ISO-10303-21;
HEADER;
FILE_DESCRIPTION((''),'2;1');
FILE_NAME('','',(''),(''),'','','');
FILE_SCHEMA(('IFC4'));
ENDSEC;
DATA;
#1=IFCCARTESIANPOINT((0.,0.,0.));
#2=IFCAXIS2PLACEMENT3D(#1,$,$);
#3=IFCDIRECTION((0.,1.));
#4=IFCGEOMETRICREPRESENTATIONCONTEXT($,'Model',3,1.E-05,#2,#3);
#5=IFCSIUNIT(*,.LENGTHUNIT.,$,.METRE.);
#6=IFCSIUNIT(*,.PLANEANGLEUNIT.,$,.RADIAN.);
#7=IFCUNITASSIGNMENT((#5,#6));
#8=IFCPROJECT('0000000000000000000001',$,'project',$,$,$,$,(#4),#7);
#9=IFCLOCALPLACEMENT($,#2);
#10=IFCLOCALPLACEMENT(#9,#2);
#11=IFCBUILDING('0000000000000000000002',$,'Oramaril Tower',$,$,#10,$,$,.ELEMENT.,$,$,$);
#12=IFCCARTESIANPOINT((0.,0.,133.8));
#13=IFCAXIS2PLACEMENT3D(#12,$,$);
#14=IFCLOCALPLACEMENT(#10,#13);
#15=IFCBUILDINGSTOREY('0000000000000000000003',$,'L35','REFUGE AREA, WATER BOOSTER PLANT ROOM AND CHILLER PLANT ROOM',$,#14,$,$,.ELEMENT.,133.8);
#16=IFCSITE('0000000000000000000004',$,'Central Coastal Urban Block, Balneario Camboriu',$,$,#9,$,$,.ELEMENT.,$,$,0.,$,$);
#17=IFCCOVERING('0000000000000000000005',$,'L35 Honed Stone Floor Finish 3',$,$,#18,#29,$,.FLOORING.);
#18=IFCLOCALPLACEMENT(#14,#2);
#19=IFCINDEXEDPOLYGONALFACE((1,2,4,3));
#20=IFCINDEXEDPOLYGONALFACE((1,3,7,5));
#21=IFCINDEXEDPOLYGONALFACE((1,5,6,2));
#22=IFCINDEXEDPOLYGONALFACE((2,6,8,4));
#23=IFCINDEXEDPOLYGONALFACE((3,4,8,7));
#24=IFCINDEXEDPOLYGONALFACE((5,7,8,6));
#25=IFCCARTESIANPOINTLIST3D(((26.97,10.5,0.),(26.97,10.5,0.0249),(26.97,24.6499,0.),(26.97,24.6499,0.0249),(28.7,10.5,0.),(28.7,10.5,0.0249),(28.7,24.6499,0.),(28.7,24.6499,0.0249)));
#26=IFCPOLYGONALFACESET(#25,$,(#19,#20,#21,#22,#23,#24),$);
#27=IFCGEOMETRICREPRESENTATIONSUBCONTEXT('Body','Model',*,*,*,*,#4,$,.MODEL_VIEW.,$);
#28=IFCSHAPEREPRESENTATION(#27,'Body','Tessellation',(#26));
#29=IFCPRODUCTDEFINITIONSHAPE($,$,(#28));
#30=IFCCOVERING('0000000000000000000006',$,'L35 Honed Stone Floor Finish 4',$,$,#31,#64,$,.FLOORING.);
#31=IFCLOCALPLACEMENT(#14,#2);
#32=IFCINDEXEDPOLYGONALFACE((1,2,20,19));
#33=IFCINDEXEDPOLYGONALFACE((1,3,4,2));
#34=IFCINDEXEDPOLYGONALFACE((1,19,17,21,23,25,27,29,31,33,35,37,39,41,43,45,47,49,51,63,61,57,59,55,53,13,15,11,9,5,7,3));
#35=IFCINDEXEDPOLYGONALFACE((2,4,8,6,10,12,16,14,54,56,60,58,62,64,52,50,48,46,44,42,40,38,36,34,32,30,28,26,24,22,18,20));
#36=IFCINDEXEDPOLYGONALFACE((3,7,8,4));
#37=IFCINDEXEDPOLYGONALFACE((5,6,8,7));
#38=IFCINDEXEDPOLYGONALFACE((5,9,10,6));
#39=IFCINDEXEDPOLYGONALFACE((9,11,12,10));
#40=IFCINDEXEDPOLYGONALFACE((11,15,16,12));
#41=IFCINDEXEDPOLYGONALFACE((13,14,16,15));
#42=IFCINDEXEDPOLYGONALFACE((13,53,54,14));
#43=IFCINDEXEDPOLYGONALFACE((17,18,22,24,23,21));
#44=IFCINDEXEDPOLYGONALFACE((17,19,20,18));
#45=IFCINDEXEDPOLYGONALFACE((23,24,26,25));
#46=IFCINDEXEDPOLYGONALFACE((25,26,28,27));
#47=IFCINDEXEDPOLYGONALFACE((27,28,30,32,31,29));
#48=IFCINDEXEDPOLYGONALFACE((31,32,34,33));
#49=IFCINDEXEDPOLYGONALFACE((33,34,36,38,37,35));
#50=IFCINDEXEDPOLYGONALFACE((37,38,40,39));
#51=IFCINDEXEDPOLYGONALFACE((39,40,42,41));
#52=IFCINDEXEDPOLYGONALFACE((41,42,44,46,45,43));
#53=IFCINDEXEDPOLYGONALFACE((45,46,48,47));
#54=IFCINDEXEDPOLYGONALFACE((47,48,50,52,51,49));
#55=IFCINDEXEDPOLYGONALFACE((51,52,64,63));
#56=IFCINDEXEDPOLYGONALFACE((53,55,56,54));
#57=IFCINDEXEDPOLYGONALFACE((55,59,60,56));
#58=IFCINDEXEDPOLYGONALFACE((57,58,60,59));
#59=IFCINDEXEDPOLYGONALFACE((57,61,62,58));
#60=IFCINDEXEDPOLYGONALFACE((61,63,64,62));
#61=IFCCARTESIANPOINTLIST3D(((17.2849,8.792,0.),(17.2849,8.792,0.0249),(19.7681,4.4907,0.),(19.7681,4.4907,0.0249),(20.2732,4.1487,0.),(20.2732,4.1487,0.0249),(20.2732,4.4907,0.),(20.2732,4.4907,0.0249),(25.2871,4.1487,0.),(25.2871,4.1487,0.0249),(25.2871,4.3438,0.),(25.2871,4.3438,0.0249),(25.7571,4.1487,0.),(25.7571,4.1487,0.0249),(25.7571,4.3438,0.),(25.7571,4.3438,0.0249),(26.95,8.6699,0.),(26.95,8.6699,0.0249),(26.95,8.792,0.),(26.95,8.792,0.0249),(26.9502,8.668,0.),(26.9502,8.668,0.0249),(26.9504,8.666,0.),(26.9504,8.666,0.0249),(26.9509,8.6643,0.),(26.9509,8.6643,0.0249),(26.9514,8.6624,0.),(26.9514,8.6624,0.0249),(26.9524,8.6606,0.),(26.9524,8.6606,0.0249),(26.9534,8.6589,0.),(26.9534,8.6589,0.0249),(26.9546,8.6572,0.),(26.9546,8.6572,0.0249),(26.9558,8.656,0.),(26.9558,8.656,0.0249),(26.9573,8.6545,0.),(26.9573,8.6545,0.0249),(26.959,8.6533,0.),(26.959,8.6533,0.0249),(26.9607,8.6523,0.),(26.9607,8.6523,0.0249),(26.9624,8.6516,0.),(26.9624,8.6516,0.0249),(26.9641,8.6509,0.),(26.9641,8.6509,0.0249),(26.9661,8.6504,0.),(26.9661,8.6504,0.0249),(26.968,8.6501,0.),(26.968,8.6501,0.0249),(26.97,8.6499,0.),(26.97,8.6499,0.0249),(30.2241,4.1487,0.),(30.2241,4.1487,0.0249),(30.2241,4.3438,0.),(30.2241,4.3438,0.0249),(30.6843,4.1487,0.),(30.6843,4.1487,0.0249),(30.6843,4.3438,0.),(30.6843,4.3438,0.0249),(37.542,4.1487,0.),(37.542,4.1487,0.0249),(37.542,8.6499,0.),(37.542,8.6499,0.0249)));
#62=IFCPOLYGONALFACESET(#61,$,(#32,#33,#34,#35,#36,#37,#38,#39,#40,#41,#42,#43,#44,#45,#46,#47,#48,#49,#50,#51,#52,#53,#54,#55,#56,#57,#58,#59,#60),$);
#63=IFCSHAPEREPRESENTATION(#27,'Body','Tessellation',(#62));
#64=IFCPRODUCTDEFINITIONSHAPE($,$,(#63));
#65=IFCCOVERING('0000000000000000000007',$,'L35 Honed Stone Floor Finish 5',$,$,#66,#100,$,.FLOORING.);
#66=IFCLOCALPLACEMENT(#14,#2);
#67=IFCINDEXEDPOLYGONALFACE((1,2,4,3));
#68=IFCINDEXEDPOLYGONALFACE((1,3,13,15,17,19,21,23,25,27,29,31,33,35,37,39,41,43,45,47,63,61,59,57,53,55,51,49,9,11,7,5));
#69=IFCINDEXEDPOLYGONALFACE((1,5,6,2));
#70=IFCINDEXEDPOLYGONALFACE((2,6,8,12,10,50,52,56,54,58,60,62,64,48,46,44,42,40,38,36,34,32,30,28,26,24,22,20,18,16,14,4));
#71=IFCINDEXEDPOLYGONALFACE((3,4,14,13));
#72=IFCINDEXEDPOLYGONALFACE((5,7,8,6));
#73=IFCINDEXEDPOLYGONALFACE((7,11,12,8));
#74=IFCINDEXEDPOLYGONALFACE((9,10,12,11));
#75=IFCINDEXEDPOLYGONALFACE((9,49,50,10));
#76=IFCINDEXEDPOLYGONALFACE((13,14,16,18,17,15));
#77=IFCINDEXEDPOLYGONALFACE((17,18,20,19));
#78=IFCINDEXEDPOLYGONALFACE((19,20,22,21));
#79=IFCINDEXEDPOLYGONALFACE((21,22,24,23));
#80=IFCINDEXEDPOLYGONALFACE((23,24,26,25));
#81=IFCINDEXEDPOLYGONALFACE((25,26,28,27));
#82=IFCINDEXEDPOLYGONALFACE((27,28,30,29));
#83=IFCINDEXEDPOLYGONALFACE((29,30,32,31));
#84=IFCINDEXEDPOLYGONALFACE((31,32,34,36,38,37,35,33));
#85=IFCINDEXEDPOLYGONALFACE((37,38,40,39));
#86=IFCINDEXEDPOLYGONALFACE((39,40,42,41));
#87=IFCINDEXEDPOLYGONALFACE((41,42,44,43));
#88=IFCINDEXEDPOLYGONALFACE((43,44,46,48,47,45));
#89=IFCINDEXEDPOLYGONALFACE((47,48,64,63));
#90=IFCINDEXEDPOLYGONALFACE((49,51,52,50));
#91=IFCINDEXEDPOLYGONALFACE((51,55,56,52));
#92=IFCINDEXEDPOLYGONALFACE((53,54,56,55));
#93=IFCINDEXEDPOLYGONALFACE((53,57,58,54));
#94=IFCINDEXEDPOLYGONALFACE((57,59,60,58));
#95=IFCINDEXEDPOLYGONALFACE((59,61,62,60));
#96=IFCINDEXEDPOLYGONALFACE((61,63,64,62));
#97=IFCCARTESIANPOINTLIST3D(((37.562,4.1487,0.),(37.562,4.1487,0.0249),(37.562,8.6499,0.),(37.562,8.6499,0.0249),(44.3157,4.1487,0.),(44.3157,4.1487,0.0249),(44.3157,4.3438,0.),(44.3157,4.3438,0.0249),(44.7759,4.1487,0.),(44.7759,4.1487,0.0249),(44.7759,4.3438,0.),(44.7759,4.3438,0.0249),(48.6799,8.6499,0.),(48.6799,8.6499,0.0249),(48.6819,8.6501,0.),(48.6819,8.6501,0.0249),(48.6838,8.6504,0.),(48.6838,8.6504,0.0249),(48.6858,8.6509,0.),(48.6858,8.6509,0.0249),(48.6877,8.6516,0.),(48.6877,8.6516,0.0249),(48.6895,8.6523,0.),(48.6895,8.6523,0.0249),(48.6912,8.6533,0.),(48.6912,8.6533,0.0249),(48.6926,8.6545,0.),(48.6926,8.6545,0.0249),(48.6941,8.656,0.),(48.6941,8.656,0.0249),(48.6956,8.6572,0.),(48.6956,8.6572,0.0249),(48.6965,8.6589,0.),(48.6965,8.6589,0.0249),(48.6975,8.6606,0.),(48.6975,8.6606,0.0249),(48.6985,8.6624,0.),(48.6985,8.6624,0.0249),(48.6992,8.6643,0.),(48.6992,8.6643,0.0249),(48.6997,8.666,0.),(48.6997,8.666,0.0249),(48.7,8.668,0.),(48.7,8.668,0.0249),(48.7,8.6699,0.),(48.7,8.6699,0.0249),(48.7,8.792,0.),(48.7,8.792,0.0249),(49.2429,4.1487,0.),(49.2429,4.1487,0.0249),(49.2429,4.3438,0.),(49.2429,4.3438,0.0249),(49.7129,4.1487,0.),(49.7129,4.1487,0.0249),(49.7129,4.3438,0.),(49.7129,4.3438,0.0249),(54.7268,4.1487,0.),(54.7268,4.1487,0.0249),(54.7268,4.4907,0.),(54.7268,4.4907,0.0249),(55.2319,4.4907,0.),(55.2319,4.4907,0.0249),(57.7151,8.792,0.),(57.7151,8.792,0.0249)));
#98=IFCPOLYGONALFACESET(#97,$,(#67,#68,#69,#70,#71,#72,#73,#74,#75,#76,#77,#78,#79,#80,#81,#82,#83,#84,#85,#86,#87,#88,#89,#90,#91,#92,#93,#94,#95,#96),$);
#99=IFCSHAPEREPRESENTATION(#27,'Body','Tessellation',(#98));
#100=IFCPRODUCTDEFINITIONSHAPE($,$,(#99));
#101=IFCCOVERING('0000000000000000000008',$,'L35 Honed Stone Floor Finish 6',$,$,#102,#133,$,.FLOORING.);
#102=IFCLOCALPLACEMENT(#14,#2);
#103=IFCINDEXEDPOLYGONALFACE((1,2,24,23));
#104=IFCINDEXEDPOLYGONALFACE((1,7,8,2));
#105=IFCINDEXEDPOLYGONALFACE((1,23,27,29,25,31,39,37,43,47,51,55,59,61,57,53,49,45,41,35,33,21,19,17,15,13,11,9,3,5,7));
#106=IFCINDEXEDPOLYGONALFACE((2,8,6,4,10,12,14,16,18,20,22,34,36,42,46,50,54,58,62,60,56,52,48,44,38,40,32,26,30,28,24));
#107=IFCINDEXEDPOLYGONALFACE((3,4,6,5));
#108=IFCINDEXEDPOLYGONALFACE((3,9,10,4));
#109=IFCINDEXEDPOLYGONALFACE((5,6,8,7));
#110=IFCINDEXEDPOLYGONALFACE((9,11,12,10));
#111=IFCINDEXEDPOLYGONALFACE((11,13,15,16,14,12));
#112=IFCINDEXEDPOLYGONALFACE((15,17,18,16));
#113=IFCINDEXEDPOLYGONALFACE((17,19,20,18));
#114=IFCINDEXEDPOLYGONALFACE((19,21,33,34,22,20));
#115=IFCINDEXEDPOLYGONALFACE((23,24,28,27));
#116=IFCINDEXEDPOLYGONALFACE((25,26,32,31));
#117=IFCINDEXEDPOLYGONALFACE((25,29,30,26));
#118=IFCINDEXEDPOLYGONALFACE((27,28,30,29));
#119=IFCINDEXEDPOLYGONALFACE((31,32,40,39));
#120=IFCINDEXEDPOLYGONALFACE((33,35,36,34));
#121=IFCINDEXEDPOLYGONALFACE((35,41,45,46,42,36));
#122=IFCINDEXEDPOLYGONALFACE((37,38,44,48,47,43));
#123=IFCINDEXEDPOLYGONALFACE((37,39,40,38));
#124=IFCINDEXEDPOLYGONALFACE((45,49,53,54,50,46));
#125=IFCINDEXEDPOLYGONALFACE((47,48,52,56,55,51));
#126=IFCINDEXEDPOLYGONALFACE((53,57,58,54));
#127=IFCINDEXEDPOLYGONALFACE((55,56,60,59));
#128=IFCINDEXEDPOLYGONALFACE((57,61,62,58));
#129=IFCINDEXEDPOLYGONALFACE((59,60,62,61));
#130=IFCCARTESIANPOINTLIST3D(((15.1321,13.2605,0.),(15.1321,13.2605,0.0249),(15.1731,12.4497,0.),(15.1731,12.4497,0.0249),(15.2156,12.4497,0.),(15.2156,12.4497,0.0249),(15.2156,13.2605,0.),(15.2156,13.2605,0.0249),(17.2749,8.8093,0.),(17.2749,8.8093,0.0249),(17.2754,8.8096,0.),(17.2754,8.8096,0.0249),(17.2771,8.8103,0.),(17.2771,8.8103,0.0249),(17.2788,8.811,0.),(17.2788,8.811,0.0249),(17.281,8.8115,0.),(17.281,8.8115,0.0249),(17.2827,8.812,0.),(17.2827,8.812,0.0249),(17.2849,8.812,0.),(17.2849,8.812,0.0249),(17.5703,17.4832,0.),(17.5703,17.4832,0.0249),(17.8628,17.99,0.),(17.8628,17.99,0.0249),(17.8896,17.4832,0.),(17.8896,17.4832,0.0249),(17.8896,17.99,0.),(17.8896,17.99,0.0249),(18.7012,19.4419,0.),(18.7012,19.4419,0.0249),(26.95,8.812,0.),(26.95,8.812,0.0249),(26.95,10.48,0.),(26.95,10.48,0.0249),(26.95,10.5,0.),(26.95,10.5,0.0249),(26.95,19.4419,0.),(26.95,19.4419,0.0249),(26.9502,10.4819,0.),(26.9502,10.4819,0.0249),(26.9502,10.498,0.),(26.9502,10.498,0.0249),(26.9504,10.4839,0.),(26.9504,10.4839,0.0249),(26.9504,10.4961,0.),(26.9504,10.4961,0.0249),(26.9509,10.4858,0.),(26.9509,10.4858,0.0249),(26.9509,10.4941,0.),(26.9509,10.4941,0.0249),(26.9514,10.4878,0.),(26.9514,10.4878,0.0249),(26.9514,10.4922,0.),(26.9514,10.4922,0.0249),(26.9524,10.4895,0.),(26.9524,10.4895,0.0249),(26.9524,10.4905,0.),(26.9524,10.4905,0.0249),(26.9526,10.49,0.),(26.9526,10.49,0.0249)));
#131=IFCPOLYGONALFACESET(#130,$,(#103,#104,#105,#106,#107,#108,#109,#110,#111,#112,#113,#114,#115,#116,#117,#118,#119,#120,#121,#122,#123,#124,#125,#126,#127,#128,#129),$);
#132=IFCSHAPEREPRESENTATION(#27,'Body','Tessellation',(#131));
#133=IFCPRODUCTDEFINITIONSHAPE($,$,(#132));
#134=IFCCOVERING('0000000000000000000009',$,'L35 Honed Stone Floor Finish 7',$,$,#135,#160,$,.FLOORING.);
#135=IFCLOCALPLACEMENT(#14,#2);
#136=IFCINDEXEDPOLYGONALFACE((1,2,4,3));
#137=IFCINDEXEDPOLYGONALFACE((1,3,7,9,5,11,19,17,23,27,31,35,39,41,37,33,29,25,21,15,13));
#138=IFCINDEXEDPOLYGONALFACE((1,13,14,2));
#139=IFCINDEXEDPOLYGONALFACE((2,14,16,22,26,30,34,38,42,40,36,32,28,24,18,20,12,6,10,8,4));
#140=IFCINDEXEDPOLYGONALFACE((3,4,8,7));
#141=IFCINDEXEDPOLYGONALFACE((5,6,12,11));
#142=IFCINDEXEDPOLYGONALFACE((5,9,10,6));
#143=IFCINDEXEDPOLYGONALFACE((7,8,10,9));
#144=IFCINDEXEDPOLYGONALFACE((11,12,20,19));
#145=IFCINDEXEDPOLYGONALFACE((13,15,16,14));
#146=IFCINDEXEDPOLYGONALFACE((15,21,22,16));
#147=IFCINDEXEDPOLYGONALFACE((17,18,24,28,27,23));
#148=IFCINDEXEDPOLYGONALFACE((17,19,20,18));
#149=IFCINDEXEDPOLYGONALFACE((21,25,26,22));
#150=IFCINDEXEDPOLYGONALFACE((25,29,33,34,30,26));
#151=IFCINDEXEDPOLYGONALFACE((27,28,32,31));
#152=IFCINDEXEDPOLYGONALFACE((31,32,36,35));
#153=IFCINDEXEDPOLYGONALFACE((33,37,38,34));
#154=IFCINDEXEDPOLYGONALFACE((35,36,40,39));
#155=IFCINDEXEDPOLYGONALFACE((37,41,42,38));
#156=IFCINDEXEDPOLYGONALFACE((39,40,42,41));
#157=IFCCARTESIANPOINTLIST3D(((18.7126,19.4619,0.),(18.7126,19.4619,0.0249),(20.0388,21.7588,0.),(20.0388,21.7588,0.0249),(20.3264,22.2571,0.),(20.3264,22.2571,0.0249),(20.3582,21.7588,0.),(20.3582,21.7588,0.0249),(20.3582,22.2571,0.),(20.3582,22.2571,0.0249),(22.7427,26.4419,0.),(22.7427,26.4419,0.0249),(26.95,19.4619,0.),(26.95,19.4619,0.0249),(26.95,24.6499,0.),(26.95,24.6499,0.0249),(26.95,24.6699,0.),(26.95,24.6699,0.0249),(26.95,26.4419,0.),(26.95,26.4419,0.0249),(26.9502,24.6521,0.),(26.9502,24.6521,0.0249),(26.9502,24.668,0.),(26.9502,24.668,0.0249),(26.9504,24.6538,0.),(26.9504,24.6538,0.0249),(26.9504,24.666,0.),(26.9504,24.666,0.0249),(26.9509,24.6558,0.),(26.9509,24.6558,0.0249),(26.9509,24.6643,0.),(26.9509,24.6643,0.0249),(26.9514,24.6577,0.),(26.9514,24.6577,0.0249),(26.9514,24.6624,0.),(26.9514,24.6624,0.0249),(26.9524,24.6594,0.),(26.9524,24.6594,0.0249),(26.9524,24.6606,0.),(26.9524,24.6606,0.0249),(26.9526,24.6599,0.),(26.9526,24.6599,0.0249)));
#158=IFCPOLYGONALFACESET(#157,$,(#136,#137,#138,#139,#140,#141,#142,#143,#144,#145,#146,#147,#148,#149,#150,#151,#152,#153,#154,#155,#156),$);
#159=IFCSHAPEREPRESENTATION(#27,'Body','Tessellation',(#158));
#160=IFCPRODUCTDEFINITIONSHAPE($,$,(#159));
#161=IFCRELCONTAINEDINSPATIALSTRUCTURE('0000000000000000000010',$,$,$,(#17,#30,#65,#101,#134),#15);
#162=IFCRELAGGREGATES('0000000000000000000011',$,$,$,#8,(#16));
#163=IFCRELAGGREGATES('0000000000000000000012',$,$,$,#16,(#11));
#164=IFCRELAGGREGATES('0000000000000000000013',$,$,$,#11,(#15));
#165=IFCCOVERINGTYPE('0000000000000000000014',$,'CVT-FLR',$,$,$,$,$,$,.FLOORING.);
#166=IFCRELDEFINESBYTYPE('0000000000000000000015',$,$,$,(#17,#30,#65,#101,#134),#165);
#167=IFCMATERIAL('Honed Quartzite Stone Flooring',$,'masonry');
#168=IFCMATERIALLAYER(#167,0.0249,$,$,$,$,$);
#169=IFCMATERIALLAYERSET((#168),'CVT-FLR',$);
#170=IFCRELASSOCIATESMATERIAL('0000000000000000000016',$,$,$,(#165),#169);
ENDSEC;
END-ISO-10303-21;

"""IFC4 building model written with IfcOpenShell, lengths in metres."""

from ifc_helpers import new_model, si_unit, direction, frame, origin, place, context, subcontext, project, spatial, polyline, outline, extrude, material, layer, layer_set, type_object, element, save


model = new_model("IFC4")

# Units and contexts
model_context = context("Model", 3, precision=1e-05, world=origin(), true_north=direction((0.0, 1.0)))
body_context = subcontext(model_context, "Body", "Model", "MODEL_VIEW")
ifc_project = project(units=[si_unit("LENGTHUNIT", "METRE"), si_unit("PLANEANGLEUNIT", "RADIAN")], contexts=[model_context])

# Site, building, storey
site_placement = place(None, origin())
site = spatial("IfcSite", under=ifc_project, at=site_placement, Name="Central Coastal Urban Block, Balneario Camboriu", CompositionType="ELEMENT", RefElevation=0.0)
building_placement = place(site_placement, origin())
building = spatial("IfcBuilding", under=site, at=building_placement, Name="Oramaril Tower", CompositionType="ELEMENT")
storey_placement = place(building_placement, frame((0.0, 0.0, 133.8)))
storey = spatial("IfcBuildingStorey", under=building, at=storey_placement, Name="L35", Description="REFUGE AREA, WATER BOOSTER PLANT ROOM AND CHILLER PLANT ROOM", CompositionType="ELEMENT", Elevation=133.8)

# Coverings
ifc_material_1 = material(Name="Honed Quartzite Stone Flooring", Category="masonry")
ifc_layer_1 = layer(ifc_material_1, 0.0249)
ifc_layer_set_1 = layer_set([ifc_layer_1], Name="CVT-FLR")
covering_type_1 = type_object("IfcCoveringType", Name="CVT-FLR", PredefinedType="FLOORING", material=ifc_layer_set_1)
covering_1_placement = place(storey_placement, origin())
element("IfcCovering", 1, at=covering_1_placement, inside=storey, type_object=covering_type_1, Name="L35 Honed Stone Floor Finish 3", PredefinedType="FLOORING", context=body_context, shape_type="SweptSolid", body=[
    extrude(outline(polyline([(28.7, 10.5), (26.97, 10.5), (26.97, 24.6499), (28.7, 24.6499), (28.7, 10.5)])), origin(), (0.0, 0.0, 1.0), 0.0249),
])
covering_2_placement = place(storey_placement, origin())
element("IfcCovering", 2, at=covering_2_placement, inside=storey, type_object=covering_type_1, Name="L35 Honed Stone Floor Finish 4", PredefinedType="FLOORING", context=body_context, shape_type="SweptSolid", body=[
    extrude(outline(polyline([(37.542, 4.1487), (30.6843, 4.1487), (30.6843, 4.3438), (30.2241, 4.3438), (30.2241, 4.1487), (25.7571, 4.1487), (25.7571, 4.3438), (25.2871, 4.3438), (25.2871, 4.1487), (20.2732, 4.1487), (20.2732, 4.4907), (19.7681, 4.4907), (17.2849, 8.792), (26.95, 8.792), (26.95, 8.6699), (26.9502, 8.668), (26.9504, 8.666), (26.9509, 8.6643), (26.9514, 8.6624), (26.9524, 8.6606), (26.9534, 8.6589), (26.9546, 8.6572), (26.9558, 8.656), (26.9573, 8.6545), (26.959, 8.6533), (26.9607, 8.6523), (26.9624, 8.6516), (26.9641, 8.6509), (26.9661, 8.6504), (26.968, 8.6501), (26.97, 8.6499), (37.542, 8.6499), (37.542, 4.1487)])), origin(), (0.0, 0.0, 1.0), 0.0249),
])
covering_3_placement = place(storey_placement, origin())
element("IfcCovering", 3, at=covering_3_placement, inside=storey, type_object=covering_type_1, Name="L35 Honed Stone Floor Finish 5", PredefinedType="FLOORING", context=body_context, shape_type="SweptSolid", body=[
    extrude(outline(polyline([(49.7129, 4.3438), (49.2429, 4.3438), (49.2429, 4.1487), (44.7759, 4.1487), (44.7759, 4.3438), (44.3157, 4.3438), (44.3157, 4.1487), (37.562, 4.1487), (37.562, 8.6499), (48.6799, 8.6499), (48.6819, 8.6501), (48.6838, 8.6504), (48.6858, 8.6509), (48.6877, 8.6516), (48.6895, 8.6523), (48.6912, 8.6533), (48.6926, 8.6545), (48.6941, 8.656), (48.6956, 8.6572), (48.6965, 8.6589), (48.6975, 8.6606), (48.6985, 8.6624), (48.6992, 8.6643), (48.6997, 8.666), (48.7, 8.668), (48.7, 8.6699), (48.7, 8.792), (57.7151, 8.792), (55.2319, 4.4907), (54.7268, 4.4907), (54.7268, 4.1487), (49.7129, 4.1487), (49.7129, 4.3438)])), origin(), (0.0, 0.0, 1.0), 0.0249),
])
covering_4_placement = place(storey_placement, origin())
element("IfcCovering", 4, at=covering_4_placement, inside=storey, type_object=covering_type_1, Name="L35 Honed Stone Floor Finish 6", PredefinedType="FLOORING", context=body_context, shape_type="SweptSolid", body=[
    extrude(outline(polyline([(15.1731, 12.4497), (15.2156, 12.4497), (15.2156, 13.2605), (15.1321, 13.2605), (17.5703, 17.4832), (17.8896, 17.4832), (17.8896, 17.99), (17.8628, 17.99), (18.7012, 19.4419), (26.95, 19.4419), (26.95, 10.5), (26.9502, 10.498), (26.9504, 10.4961), (26.9509, 10.4941), (26.9514, 10.4922), (26.9524, 10.4905), (26.9526, 10.49), (26.9524, 10.4895), (26.9514, 10.4878), (26.9509, 10.4858), (26.9504, 10.4839), (26.9502, 10.4819), (26.95, 10.48), (26.95, 8.812), (17.2849, 8.812), (17.2827, 8.812), (17.281, 8.8115), (17.2788, 8.811), (17.2771, 8.8103), (17.2754, 8.8096), (17.2749, 8.8093), (15.1731, 12.4497)])), origin(), (0.0, 0.0, 1.0), 0.0249),
])
covering_5_placement = place(storey_placement, origin())
element("IfcCovering", 5, at=covering_5_placement, inside=storey, type_object=covering_type_1, Name="L35 Honed Stone Floor Finish 7", PredefinedType="FLOORING", context=body_context, shape_type="SweptSolid", body=[
    extrude(outline(polyline([(20.0388, 21.7588), (20.3582, 21.7588), (20.3582, 22.2571), (20.3264, 22.2571), (22.7427, 26.4419), (26.95, 26.4419), (26.95, 24.6699), (26.9502, 24.668), (26.9504, 24.666), (26.9509, 24.6643), (26.9514, 24.6624), (26.9524, 24.6606), (26.9526, 24.6599), (26.9524, 24.6594), (26.9514, 24.6577), (26.9509, 24.6558), (26.9504, 24.6538), (26.9502, 24.6521), (26.95, 24.6499), (26.95, 19.4619), (18.7126, 19.4619), (20.0388, 21.7588)])), origin(), (0.0, 0.0, 1.0), 0.0249),
])

save(model, "model.ifc")
